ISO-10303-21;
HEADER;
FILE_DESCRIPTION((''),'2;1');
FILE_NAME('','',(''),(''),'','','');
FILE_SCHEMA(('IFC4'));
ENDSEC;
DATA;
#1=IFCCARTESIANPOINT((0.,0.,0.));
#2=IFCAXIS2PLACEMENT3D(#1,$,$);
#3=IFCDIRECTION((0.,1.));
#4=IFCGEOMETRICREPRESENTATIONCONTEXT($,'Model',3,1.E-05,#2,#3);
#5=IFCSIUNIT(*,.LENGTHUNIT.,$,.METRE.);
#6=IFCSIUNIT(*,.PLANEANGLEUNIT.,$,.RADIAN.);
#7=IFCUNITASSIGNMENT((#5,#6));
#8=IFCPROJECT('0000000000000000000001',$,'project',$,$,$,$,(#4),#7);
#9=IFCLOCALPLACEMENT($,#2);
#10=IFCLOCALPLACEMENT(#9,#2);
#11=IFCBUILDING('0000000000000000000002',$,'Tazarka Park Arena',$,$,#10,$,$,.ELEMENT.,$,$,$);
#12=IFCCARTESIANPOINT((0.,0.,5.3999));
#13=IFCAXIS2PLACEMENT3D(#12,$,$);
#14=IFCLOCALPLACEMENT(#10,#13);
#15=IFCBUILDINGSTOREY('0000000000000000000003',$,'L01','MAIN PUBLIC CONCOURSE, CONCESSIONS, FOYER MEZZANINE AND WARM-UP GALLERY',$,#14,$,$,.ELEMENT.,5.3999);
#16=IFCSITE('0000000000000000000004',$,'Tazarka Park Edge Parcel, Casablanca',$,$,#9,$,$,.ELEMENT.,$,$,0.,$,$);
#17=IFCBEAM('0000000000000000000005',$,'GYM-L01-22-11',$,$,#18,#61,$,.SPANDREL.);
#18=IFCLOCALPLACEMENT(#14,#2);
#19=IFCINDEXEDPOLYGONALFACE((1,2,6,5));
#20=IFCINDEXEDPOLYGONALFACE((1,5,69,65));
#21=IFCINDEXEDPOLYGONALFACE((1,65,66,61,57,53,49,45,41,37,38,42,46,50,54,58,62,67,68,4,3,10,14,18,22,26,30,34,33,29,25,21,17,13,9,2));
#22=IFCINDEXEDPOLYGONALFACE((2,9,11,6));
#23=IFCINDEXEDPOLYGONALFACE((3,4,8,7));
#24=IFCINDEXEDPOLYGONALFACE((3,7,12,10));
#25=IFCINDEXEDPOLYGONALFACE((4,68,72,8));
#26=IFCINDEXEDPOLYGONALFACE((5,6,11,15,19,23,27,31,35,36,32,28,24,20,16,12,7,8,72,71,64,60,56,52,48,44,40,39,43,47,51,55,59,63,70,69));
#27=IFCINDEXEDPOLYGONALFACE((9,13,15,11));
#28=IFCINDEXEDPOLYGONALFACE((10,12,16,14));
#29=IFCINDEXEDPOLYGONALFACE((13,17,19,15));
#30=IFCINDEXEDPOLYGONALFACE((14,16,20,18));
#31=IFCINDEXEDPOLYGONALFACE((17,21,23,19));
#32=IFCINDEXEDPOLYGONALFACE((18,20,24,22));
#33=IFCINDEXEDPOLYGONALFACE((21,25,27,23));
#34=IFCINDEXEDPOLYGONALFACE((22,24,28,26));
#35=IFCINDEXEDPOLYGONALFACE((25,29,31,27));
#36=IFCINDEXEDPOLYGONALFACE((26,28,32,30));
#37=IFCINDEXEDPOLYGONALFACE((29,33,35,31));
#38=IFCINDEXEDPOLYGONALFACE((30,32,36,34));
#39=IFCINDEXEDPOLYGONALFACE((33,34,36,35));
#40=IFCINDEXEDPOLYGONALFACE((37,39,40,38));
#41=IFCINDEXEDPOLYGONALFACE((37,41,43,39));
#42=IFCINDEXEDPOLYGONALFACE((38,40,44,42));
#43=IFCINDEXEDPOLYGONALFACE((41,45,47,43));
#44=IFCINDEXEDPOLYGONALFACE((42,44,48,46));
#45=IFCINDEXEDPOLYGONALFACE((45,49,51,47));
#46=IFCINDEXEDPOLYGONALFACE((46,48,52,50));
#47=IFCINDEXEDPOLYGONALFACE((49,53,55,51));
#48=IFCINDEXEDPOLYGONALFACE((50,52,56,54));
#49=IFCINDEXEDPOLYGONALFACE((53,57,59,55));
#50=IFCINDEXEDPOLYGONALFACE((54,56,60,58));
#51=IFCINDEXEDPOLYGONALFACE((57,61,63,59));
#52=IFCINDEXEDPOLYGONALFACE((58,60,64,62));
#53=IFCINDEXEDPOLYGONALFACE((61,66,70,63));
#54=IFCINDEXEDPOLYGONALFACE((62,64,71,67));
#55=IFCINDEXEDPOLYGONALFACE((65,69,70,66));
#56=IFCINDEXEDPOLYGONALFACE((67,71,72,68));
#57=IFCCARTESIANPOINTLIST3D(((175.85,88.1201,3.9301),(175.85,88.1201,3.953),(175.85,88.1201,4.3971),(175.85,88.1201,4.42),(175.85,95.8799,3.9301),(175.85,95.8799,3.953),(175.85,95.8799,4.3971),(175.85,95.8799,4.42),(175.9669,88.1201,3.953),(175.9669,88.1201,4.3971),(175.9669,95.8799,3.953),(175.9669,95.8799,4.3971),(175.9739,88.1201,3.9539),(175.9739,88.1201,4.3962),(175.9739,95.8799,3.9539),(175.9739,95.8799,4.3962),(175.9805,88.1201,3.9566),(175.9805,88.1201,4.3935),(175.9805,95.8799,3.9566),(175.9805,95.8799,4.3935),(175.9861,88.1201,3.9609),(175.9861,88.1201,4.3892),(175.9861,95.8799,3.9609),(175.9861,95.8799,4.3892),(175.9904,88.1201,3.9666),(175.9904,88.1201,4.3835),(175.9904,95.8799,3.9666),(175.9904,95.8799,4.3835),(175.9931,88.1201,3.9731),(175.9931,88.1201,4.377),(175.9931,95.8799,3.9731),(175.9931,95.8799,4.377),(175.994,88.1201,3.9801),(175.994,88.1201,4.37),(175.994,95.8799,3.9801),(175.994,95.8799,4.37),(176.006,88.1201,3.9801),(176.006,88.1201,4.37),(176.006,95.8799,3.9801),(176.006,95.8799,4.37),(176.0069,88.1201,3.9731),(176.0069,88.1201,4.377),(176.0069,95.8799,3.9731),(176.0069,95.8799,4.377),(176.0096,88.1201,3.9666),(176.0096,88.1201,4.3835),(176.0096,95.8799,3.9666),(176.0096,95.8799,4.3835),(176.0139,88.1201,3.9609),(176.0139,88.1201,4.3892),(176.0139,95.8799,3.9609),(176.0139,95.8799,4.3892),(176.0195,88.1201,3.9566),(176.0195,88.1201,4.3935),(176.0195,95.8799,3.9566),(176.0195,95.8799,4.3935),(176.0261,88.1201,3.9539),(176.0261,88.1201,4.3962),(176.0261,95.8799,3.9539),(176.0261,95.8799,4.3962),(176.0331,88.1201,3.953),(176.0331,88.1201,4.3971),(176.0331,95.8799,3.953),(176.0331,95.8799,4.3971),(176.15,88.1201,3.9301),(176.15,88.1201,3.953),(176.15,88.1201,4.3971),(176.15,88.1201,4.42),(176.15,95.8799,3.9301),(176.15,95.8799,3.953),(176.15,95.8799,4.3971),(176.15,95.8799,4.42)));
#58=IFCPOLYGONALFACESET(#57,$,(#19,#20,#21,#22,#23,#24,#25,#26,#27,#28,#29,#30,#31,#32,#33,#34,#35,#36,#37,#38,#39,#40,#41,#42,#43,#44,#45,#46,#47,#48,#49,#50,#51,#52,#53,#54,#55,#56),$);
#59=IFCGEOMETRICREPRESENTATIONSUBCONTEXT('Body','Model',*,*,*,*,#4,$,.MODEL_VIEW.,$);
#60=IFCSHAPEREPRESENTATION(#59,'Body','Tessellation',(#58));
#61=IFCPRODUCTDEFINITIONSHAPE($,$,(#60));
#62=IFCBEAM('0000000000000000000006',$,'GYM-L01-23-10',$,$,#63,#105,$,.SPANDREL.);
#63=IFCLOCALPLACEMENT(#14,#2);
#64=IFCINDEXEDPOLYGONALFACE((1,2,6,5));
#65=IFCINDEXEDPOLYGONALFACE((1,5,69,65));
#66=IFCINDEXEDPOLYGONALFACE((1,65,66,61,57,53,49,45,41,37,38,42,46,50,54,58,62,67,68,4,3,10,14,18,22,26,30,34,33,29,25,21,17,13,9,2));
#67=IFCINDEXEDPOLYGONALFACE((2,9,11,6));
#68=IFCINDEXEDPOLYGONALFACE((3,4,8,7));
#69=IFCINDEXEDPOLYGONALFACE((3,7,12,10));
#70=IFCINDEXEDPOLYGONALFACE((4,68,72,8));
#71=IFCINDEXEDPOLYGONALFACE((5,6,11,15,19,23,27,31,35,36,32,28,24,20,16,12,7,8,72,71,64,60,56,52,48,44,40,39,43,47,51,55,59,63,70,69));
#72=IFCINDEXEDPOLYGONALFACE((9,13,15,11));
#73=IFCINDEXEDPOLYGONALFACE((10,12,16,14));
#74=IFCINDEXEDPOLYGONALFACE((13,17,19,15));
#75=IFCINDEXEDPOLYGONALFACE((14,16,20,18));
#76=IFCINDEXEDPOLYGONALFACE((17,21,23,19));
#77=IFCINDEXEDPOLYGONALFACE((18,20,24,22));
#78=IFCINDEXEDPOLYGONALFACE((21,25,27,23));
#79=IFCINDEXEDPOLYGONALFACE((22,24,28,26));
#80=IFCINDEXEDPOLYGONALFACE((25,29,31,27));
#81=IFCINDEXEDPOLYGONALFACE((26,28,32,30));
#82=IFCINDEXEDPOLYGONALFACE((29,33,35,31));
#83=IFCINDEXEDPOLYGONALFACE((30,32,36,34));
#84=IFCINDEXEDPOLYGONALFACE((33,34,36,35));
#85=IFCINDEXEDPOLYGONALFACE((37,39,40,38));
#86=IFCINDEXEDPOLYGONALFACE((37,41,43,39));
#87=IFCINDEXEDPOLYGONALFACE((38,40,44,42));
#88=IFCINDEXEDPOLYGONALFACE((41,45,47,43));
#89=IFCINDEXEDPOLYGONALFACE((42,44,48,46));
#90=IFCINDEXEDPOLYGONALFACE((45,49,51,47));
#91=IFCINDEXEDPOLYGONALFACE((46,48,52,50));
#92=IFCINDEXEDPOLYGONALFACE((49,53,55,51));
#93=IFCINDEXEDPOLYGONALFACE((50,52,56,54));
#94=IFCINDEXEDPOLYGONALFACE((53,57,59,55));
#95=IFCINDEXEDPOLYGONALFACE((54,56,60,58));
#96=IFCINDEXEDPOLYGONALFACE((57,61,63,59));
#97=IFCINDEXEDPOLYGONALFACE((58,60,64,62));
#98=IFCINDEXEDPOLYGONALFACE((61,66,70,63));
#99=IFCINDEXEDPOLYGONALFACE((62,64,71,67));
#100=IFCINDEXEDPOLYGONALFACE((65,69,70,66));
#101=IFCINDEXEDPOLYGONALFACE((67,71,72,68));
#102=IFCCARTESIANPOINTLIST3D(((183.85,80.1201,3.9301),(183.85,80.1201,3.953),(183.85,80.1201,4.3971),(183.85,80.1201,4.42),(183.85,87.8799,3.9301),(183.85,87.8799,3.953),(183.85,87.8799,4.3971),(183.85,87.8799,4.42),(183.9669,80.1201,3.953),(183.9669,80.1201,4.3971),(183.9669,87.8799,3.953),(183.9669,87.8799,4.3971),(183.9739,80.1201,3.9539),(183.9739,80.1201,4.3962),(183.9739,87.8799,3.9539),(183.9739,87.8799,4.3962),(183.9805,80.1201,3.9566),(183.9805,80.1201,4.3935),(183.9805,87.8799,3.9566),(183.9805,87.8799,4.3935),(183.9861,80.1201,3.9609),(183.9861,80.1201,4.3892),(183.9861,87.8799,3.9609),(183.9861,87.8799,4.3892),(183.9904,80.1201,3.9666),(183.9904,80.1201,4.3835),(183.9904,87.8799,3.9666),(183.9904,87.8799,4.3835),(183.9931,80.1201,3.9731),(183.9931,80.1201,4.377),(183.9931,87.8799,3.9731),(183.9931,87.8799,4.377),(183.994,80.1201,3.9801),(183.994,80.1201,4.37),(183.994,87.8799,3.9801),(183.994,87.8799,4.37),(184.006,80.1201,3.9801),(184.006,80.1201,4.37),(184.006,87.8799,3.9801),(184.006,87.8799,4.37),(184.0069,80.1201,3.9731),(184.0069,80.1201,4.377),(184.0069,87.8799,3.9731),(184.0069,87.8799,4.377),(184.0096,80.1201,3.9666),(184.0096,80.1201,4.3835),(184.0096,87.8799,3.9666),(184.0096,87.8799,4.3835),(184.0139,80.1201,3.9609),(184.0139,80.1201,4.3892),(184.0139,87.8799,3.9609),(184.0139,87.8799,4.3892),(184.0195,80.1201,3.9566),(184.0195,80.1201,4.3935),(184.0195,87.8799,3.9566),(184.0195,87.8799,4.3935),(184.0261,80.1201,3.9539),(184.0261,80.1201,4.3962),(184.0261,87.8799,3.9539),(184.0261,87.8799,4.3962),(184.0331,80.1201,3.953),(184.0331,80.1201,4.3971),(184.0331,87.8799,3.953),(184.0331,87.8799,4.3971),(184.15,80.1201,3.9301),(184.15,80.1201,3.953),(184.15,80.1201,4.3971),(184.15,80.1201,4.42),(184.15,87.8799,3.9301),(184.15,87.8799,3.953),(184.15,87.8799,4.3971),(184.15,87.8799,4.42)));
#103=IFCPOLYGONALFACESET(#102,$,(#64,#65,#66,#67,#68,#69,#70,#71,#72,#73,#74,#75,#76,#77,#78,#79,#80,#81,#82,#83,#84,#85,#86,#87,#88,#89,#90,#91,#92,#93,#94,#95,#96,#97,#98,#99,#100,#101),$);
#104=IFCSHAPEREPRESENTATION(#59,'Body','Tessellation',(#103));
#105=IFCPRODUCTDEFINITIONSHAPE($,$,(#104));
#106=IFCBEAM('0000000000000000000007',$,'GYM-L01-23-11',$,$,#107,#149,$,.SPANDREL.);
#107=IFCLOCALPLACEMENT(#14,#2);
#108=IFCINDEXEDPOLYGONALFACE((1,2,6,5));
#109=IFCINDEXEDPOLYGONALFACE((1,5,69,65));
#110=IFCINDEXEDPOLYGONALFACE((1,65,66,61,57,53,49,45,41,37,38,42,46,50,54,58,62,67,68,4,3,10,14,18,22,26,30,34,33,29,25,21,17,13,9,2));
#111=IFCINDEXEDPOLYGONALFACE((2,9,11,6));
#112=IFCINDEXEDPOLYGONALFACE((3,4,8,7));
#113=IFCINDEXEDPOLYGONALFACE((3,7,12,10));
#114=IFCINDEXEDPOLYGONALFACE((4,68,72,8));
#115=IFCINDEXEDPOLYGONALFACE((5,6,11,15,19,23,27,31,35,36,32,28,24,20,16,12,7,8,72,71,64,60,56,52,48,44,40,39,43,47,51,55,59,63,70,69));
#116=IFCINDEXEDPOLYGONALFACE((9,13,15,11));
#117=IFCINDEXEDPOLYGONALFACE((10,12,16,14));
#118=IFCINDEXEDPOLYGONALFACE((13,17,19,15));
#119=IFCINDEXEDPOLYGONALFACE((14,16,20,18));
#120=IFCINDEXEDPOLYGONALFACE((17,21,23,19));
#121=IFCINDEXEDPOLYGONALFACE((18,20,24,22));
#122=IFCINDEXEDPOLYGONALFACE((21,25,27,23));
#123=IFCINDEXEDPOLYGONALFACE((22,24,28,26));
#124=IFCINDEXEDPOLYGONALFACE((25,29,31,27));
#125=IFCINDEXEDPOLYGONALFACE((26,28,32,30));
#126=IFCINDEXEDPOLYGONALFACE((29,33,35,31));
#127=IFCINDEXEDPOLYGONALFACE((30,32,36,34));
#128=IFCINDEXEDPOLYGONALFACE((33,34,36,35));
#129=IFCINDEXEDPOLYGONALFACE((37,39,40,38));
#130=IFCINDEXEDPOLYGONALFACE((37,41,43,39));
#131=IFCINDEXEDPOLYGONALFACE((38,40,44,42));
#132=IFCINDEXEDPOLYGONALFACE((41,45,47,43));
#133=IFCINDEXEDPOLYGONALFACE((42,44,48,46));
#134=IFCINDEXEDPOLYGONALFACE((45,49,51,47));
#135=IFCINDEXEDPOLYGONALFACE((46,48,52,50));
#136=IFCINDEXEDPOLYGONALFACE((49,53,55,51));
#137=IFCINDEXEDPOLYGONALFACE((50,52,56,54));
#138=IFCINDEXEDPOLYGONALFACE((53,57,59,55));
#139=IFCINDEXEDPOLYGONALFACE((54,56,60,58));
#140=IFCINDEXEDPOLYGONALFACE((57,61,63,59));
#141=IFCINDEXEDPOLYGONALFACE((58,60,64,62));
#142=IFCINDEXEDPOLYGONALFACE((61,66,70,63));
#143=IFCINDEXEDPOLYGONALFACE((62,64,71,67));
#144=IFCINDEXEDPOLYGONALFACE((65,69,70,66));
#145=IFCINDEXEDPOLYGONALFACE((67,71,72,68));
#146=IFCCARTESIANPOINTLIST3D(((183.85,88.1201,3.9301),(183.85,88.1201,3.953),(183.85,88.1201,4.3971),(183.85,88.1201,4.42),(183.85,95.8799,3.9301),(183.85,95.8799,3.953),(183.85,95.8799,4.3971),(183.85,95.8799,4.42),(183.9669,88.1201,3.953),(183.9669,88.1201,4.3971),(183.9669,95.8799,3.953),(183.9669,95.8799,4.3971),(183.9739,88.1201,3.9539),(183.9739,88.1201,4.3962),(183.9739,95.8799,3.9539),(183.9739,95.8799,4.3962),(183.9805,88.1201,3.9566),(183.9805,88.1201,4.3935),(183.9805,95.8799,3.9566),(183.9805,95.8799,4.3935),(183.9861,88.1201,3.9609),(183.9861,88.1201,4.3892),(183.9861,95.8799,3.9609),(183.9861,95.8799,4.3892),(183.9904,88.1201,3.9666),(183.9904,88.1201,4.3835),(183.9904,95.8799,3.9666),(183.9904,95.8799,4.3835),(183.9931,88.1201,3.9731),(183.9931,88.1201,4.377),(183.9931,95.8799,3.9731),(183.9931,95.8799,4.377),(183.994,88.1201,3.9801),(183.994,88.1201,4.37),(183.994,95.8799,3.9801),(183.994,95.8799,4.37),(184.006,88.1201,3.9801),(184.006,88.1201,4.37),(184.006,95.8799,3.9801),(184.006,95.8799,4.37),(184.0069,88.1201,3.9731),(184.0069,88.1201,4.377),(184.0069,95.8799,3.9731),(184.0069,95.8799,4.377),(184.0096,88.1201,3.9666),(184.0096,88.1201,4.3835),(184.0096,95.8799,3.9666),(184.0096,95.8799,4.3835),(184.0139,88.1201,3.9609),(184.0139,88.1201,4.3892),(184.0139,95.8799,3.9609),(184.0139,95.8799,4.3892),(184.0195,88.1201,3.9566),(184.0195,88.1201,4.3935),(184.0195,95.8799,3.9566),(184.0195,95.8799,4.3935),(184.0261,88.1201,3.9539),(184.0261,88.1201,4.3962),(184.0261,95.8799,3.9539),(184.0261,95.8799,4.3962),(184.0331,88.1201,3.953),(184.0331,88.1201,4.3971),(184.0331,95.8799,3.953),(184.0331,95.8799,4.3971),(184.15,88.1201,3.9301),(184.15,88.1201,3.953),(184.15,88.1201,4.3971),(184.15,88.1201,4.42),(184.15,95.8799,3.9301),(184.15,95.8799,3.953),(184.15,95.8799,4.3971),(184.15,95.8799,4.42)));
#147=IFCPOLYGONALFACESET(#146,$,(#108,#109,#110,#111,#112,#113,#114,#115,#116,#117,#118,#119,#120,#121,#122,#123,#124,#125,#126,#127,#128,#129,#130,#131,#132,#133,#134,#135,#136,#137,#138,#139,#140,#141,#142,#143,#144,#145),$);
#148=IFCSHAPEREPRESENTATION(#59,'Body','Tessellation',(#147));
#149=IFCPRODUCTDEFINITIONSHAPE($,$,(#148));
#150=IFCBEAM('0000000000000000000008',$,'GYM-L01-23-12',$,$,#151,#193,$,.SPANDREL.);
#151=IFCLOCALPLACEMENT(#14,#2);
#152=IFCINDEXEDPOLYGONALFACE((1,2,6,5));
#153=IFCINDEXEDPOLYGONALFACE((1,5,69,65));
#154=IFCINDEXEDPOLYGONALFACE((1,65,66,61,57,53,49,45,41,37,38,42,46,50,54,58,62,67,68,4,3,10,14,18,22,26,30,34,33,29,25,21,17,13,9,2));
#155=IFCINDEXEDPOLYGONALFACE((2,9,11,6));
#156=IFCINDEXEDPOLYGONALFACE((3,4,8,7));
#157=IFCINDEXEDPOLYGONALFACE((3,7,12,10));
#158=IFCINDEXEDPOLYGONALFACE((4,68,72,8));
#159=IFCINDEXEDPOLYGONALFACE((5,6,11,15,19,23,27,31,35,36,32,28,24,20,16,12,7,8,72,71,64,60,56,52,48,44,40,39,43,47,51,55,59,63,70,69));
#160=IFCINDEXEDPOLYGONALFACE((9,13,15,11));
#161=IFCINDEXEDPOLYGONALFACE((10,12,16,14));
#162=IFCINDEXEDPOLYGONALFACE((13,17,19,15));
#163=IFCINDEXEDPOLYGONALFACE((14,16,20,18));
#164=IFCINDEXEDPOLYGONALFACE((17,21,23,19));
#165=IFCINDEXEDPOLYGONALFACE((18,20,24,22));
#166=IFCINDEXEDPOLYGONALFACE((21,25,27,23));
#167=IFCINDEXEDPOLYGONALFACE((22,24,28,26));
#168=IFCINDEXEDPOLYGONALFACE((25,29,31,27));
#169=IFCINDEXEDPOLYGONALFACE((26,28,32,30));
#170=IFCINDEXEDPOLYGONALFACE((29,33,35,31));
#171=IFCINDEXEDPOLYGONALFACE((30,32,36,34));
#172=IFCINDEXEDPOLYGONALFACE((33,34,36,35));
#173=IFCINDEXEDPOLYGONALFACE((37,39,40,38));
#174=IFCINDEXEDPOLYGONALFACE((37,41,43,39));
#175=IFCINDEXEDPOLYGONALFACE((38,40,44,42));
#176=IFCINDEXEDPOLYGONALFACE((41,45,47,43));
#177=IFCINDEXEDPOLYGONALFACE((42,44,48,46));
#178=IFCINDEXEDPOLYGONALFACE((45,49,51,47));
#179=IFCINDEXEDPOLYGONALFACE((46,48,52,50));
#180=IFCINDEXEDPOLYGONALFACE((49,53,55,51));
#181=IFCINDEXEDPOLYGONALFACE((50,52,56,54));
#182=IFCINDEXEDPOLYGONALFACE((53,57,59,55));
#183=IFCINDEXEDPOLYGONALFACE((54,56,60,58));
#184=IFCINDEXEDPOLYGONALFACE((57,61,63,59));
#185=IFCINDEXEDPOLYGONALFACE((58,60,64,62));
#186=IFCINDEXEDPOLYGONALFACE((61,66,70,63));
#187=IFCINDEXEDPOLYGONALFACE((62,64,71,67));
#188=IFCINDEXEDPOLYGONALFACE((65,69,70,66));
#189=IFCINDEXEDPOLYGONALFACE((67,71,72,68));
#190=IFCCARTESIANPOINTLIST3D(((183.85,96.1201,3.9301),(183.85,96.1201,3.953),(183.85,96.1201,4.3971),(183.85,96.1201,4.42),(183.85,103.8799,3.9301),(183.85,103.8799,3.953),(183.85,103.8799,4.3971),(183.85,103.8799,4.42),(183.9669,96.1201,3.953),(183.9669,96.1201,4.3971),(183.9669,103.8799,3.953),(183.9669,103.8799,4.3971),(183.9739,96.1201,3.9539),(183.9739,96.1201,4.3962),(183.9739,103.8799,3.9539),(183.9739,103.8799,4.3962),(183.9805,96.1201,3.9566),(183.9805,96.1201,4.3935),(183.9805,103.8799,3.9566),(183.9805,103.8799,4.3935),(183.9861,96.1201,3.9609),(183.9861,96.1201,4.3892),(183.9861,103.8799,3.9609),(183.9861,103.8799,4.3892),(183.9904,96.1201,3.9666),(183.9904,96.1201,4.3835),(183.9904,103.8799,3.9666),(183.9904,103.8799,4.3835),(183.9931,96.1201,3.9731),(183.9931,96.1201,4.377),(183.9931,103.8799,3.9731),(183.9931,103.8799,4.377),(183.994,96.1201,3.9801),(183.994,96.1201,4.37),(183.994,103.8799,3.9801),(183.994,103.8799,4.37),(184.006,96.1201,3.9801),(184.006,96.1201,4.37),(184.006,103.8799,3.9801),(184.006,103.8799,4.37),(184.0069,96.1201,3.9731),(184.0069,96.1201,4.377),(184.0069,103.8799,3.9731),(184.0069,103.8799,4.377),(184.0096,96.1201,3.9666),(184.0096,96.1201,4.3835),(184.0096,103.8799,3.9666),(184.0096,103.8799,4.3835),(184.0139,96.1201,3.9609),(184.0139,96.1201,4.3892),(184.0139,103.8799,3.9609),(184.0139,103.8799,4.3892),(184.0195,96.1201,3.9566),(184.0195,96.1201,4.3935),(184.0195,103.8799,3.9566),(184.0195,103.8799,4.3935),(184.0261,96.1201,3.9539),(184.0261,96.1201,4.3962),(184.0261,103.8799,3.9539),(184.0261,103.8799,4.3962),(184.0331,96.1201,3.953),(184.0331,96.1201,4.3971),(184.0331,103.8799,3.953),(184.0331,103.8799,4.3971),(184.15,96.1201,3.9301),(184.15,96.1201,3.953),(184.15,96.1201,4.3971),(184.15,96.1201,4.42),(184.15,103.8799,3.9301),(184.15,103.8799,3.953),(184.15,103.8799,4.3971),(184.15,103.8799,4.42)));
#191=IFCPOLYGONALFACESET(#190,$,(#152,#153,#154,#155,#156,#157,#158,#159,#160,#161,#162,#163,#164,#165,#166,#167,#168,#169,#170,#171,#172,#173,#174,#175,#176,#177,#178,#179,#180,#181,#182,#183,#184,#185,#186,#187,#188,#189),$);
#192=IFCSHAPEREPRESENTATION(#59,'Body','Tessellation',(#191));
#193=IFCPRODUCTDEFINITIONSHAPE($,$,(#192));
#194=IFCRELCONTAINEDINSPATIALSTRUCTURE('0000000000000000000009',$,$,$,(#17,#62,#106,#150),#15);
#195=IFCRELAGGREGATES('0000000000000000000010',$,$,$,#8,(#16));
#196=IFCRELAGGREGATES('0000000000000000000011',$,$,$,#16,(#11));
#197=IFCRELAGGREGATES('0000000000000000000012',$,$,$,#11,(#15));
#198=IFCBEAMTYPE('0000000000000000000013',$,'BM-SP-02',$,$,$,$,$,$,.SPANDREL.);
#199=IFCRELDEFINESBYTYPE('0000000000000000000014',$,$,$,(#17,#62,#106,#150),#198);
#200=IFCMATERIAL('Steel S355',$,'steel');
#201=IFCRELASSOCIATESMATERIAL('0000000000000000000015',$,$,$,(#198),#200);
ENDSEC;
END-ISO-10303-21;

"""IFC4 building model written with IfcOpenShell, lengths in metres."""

from ifc_helpers import new_model, si_unit, direction, frame, origin, origin_2d, place, context, subcontext, project, spatial, i_section, extrude, material, material_profile, profile_set, type_object, element, save


model = new_model("IFC4")

# Units and contexts
model_context = context("Model", 3, precision=1e-05, world=origin(), true_north=direction((0.0, 1.0)))
body_context = subcontext(model_context, "Body", "Model", "MODEL_VIEW")
ifc_project = project(units=[si_unit("LENGTHUNIT", "METRE"), si_unit("PLANEANGLEUNIT", "RADIAN")], contexts=[model_context])

# Site, building, storey
site_placement = place(None, origin())
site = spatial("IfcSite", under=ifc_project, at=site_placement, Name="Tazarka Park Edge Parcel, Casablanca", CompositionType="ELEMENT", RefElevation=0.0)
building_placement = place(site_placement, origin())
building = spatial("IfcBuilding", under=site, at=building_placement, Name="Tazarka Park Arena", CompositionType="ELEMENT")
storey_placement = place(building_placement, frame((0.0, 0.0, 5.3999)))
storey = spatial("IfcBuildingStorey", under=building, at=storey_placement, Name="L01", Description="MAIN PUBLIC CONCOURSE, CONCESSIONS, FOYER MEZZANINE AND WARM-UP GALLERY", CompositionType="ELEMENT", Elevation=5.3999)

# Beams
ifc_material_1 = material(Name="Steel S355", Category="steel")
ifc_material_profile_1 = material_profile(ifc_material_1, i_section(OverallWidth=0.3, OverallDepth=0.49, WebThickness=0.012, FlangeThickness=0.0229, FilletRadius=0.0271, at=origin_2d()), Name="Steel S355")
ifc_profile_set_1 = profile_set([ifc_material_profile_1], Name="Steel S355")
beam_type_1 = type_object("IfcBeamType", Name="BM-SP-02", PredefinedType="SPANDREL", material=ifc_profile_set_1)
for number, where, z_axis, x_axis, name in (
    (1, (176.0, 88.1201, 4.175), (0.0, 1.0, 0.0), (-1.0, 0.0, 0.0), "GYM-L01-22-11"),
    (2, (184.0, 80.1201, 4.175), (0.0, 1.0, 0.0), (-1.0, 0.0, 0.0), "GYM-L01-23-10"),
    (3, (184.0, 88.1201, 4.175), (0.0, 1.0, 0.0), (-1.0, 0.0, 0.0), "GYM-L01-23-11"),
    (4, (184.0, 96.1201, 4.175), (0.0, 1.0, 0.0), (-1.0, 0.0, 0.0), "GYM-L01-23-12"),
):
    element("IfcBeam", number, at=place(storey_placement, frame(where, z_axis=z_axis, x_axis=x_axis)), inside=storey, type_object=beam_type_1, Name=name, PredefinedType="SPANDREL", context=body_context, shape_type="SweptSolid", body=[
        extrude(i_section(OverallWidth=0.3, OverallDepth=0.49, WebThickness=0.012, FlangeThickness=0.0229, FilletRadius=0.0271, at=origin_2d()), origin(), (0.0, 0.0, 1.0), 7.7598),
    ])

save(model, "model.ifc")
